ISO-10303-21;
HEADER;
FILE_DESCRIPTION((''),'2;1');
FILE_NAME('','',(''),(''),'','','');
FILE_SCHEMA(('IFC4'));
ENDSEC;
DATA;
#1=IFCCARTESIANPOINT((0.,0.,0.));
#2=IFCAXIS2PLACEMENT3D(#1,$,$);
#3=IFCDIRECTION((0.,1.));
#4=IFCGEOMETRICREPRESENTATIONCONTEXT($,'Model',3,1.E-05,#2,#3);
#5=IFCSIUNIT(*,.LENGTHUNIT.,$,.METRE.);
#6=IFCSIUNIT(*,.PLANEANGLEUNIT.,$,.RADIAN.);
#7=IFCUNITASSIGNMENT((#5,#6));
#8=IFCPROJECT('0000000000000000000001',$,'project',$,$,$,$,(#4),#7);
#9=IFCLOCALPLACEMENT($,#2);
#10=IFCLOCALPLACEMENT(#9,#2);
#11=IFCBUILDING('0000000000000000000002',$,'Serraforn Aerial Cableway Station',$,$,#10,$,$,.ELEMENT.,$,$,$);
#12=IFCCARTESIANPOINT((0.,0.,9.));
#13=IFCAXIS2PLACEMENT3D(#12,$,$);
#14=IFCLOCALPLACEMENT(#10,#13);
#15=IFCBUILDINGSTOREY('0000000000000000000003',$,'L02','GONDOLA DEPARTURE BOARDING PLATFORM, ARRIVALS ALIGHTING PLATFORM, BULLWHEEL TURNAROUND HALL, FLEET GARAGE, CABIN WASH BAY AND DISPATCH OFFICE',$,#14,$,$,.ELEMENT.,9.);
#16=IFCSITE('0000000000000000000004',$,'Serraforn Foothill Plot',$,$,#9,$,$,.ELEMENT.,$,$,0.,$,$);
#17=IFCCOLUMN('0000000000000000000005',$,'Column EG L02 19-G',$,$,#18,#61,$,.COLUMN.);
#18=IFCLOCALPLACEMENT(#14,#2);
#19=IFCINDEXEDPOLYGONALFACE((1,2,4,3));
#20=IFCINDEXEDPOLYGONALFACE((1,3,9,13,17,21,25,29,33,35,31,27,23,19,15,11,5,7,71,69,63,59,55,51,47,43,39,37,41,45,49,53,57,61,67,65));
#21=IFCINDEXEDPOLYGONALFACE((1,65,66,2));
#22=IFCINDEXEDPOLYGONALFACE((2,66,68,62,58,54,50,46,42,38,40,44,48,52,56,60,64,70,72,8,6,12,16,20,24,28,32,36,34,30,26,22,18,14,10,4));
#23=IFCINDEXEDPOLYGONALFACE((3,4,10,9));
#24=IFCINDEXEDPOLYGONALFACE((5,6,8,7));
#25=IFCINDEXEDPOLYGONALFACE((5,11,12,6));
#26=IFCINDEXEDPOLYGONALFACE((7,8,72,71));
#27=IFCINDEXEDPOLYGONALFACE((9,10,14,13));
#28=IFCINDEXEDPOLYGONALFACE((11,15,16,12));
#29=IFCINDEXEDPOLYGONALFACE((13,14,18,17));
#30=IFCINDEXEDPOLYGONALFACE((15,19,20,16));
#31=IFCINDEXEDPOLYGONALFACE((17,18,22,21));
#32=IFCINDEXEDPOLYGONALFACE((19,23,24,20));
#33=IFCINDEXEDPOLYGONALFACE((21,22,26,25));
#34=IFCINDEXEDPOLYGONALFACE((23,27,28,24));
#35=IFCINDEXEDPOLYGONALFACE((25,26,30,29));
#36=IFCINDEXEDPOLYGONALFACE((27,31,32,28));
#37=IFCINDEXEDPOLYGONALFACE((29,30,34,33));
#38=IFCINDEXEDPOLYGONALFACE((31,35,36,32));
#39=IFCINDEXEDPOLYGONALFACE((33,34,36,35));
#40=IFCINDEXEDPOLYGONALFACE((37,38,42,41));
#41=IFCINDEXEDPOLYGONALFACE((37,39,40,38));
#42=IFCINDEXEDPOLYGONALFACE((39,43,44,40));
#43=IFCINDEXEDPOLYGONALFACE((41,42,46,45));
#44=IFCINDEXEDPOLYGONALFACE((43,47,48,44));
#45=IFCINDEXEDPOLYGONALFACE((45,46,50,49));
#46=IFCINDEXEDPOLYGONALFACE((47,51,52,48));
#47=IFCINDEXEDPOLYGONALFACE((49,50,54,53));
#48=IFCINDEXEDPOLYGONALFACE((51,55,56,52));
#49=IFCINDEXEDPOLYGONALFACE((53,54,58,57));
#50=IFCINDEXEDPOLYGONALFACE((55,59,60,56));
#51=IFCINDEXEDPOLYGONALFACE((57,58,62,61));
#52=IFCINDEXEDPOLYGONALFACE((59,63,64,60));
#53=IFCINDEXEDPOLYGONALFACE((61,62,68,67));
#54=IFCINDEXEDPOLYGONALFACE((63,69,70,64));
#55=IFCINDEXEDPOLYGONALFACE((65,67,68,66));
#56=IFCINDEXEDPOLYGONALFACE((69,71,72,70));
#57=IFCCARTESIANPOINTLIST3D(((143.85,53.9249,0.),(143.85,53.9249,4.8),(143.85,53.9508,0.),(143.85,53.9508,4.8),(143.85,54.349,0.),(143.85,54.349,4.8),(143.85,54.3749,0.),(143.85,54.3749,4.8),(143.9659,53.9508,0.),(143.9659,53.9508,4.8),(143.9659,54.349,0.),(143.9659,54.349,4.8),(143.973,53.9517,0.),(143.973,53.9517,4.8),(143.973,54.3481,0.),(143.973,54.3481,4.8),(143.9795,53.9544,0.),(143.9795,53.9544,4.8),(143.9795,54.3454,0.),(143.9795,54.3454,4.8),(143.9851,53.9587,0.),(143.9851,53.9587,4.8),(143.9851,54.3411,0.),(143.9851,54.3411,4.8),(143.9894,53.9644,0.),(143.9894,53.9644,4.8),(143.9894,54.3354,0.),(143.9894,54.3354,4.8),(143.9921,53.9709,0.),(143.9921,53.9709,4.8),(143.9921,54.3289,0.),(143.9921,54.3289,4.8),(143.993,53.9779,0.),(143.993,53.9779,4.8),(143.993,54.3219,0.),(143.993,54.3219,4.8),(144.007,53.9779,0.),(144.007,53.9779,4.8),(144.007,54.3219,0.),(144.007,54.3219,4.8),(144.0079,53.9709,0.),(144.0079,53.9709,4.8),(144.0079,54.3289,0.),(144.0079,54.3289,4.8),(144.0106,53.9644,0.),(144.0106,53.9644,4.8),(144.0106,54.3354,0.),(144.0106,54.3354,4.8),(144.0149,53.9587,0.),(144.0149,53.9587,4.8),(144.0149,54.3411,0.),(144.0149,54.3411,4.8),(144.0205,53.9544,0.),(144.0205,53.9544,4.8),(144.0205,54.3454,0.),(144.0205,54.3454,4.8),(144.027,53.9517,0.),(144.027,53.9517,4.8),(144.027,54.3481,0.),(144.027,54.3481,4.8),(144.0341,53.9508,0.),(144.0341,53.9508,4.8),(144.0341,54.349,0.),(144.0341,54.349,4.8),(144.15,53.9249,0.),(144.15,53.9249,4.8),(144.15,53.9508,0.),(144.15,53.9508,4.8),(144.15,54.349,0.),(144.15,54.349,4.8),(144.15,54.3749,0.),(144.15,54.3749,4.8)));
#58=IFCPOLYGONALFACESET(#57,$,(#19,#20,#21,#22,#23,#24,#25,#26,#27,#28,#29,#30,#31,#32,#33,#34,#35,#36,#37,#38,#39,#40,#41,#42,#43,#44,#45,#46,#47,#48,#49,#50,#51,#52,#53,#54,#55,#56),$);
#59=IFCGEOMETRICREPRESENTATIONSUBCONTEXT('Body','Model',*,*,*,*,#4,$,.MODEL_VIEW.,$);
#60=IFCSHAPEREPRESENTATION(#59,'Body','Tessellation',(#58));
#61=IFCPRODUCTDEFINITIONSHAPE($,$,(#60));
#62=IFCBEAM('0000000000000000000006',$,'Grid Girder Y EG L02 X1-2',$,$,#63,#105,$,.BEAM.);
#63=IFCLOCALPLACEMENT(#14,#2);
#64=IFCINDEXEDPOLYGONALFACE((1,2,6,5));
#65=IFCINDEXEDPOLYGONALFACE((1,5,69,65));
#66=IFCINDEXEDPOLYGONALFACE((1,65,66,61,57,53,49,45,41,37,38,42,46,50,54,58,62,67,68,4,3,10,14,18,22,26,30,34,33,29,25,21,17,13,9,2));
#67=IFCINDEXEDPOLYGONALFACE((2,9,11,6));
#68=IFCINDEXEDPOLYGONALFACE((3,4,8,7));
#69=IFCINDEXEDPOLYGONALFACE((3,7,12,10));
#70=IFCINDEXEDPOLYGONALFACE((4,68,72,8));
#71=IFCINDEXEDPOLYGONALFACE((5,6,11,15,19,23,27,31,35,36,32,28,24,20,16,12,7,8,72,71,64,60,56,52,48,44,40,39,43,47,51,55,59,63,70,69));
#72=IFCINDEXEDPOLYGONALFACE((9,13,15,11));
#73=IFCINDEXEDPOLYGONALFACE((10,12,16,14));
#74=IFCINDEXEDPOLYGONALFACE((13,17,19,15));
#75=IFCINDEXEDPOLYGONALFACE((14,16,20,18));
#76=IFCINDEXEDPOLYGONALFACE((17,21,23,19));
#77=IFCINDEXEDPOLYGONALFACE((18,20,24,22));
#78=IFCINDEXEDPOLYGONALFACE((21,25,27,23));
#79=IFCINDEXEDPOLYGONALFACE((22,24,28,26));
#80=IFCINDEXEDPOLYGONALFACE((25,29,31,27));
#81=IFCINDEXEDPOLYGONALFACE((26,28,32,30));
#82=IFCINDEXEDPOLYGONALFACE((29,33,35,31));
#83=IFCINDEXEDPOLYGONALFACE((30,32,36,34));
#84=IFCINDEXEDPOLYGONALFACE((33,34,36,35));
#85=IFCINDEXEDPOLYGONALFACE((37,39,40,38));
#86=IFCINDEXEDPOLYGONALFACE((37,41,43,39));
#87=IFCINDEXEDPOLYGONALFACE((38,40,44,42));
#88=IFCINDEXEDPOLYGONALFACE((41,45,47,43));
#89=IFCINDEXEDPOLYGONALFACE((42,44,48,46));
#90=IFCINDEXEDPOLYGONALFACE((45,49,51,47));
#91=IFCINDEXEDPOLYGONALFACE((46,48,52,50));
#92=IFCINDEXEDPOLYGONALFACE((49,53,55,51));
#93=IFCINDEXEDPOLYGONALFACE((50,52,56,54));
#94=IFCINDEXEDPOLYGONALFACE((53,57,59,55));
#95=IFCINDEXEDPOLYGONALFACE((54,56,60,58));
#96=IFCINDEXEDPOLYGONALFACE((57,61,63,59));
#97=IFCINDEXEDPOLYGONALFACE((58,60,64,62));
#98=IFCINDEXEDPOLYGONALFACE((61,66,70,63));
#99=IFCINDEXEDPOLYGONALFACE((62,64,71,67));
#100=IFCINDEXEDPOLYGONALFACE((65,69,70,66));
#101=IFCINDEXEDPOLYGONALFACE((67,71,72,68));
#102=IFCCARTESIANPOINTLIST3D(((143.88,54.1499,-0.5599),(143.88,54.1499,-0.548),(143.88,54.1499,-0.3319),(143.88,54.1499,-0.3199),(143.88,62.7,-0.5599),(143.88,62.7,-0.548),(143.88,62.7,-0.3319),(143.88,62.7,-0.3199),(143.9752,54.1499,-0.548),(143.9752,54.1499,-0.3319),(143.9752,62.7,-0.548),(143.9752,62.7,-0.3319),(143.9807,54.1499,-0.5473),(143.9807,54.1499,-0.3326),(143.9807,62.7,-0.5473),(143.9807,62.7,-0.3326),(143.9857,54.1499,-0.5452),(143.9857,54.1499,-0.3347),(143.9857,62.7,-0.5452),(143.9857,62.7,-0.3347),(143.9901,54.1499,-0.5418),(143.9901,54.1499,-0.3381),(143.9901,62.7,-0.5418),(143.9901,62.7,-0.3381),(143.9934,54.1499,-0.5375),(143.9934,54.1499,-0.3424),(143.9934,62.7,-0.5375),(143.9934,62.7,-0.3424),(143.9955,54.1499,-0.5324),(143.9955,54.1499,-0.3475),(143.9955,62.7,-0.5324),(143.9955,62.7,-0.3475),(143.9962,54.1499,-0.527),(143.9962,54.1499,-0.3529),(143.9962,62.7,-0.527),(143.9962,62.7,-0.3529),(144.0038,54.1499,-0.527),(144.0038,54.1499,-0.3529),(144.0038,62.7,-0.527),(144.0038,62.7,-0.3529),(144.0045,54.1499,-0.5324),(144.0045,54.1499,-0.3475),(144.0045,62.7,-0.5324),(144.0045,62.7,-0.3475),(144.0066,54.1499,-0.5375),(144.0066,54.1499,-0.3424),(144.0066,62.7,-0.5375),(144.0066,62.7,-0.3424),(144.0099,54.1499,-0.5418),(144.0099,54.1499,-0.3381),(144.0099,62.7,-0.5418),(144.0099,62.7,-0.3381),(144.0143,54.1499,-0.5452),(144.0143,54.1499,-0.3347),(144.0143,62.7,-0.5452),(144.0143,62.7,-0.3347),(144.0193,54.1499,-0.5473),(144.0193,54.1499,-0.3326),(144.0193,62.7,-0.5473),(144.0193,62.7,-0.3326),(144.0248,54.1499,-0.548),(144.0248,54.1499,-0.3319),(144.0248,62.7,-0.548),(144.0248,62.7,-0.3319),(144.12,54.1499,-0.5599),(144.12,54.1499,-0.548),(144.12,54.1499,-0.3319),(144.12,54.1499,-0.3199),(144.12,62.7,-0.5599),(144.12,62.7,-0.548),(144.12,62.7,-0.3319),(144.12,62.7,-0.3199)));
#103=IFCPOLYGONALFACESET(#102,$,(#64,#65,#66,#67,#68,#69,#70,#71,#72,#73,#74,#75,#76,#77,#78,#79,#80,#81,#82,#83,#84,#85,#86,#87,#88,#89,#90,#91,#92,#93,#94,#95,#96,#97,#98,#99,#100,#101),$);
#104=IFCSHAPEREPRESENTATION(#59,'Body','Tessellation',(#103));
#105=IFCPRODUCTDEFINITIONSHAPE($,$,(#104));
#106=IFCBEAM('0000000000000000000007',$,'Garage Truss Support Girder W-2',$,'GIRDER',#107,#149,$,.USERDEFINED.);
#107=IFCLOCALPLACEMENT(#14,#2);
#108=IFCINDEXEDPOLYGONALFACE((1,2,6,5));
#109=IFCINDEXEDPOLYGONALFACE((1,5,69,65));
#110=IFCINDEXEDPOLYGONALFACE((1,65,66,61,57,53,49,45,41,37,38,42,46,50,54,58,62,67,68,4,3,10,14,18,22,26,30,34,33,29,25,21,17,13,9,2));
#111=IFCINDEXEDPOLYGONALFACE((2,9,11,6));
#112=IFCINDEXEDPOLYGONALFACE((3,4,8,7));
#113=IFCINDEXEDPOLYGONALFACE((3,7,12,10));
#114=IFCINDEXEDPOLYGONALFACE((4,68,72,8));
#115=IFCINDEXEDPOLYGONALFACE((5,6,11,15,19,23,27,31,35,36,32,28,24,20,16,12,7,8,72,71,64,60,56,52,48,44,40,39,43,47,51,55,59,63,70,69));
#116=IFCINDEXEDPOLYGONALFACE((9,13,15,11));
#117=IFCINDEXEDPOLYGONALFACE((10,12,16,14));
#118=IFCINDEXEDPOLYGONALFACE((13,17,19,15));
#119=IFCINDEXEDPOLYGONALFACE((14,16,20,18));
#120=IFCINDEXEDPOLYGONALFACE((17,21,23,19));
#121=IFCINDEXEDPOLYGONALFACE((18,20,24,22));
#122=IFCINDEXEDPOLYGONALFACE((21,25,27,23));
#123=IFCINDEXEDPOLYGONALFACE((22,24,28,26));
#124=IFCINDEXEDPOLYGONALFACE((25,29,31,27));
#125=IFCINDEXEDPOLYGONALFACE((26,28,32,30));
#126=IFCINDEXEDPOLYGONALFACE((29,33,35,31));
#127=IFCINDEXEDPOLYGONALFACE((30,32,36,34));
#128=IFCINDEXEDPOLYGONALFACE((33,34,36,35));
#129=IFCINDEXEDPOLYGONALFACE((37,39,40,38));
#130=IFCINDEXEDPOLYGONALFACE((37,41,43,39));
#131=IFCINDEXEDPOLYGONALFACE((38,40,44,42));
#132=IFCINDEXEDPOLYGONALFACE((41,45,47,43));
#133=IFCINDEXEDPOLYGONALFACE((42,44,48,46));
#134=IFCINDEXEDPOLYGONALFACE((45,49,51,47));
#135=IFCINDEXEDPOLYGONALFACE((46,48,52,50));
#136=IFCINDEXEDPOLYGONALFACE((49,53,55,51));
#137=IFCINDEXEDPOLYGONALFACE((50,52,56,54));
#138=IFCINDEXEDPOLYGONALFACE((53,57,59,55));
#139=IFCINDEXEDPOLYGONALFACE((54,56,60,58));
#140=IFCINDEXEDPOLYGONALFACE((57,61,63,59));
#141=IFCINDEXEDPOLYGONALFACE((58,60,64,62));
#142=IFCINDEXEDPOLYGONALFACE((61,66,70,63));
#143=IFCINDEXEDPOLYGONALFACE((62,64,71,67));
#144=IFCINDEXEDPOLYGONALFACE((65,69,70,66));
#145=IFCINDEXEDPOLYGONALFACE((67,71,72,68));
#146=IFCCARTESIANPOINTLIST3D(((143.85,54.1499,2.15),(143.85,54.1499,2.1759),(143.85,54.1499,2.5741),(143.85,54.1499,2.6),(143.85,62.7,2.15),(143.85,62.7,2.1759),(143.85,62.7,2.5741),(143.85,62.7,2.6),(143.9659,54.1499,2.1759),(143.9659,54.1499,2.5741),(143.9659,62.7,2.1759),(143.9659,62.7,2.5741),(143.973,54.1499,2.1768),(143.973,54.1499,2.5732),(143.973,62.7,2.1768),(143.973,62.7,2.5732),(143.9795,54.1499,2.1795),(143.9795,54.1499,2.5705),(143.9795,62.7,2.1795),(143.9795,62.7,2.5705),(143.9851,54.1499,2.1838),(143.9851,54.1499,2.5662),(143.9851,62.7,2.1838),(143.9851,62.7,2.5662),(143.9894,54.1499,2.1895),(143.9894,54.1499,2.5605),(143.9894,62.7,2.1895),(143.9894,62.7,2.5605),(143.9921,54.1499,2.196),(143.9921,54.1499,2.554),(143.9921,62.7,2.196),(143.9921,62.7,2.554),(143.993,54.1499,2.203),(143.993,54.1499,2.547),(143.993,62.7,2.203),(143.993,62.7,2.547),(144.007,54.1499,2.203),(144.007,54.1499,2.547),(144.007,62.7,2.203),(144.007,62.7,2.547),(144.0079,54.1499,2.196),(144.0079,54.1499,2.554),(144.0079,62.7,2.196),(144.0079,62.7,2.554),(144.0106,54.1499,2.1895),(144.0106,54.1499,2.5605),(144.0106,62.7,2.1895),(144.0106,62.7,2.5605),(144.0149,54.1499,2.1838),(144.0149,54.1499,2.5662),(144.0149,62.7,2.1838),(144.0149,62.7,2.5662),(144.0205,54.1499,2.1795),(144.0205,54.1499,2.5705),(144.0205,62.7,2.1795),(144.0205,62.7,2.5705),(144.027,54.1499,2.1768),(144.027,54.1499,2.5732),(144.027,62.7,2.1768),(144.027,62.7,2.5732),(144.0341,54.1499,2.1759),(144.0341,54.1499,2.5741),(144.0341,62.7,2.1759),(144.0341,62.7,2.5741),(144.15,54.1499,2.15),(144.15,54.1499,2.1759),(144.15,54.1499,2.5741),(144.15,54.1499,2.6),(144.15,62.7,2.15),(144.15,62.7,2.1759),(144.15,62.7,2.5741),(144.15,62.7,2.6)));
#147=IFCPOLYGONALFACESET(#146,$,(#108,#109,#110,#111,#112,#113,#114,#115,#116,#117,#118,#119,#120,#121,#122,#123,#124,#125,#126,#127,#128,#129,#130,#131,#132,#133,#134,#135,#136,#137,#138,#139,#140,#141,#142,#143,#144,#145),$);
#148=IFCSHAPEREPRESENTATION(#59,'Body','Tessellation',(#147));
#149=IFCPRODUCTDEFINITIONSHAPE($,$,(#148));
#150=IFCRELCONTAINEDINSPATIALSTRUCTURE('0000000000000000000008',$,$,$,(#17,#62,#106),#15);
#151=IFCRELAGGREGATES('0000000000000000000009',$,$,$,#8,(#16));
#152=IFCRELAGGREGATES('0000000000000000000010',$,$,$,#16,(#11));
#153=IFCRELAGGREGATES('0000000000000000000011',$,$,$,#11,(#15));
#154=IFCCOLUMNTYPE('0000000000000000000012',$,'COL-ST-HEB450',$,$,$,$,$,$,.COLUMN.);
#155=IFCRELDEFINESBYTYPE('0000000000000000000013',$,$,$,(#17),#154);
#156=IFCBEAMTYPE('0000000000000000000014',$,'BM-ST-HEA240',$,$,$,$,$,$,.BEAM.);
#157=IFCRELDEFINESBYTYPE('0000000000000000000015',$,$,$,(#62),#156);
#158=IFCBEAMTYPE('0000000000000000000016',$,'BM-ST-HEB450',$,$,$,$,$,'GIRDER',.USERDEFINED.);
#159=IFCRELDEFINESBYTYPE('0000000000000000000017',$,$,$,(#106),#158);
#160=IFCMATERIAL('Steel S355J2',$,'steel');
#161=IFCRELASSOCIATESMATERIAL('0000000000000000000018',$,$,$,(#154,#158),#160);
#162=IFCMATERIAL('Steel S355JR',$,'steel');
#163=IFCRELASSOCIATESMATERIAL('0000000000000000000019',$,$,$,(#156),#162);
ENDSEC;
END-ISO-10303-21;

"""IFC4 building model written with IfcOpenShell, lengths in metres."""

from ifc_helpers import new_model, si_unit, direction, frame, origin, origin_2d, place, context, subcontext, project, spatial, i_section, extrude, material, material_profile, profile_set, type_object, element, save


model = new_model("IFC4")

# Units and contexts
model_context = context("Model", 3, precision=1e-05, world=origin(), true_north=direction((0.0, 1.0)))
body_context = subcontext(model_context, "Body", "Model", "MODEL_VIEW")
ifc_project = project(units=[si_unit("LENGTHUNIT", "METRE"), si_unit("PLANEANGLEUNIT", "RADIAN")], contexts=[model_context])

# Site, building, storey
site_placement = place(None, origin())
site = spatial("IfcSite", under=ifc_project, at=site_placement, Name="Serraforn Foothill Plot", CompositionType="ELEMENT", RefElevation=0.0)
building_placement = place(site_placement, origin())
building = spatial("IfcBuilding", under=site, at=building_placement, Name="Serraforn Aerial Cableway Station", CompositionType="ELEMENT")
storey_placement = place(building_placement, frame((0.0, 0.0, 9.0)))
storey = spatial("IfcBuildingStorey", under=building, at=storey_placement, Name="L02", Description="GONDOLA DEPARTURE BOARDING PLATFORM, ARRIVALS ALIGHTING PLATFORM, BULLWHEEL TURNAROUND HALL, FLEET GARAGE, CABIN WASH BAY AND DISPATCH OFFICE", CompositionType="ELEMENT", Elevation=9.0)

# Column
ifc_material_1 = material(Name="Steel S355J2", Category="steel")
ifc_material_profile_1 = material_profile(ifc_material_1, i_section(OverallWidth=0.3, OverallDepth=0.45, WebThickness=0.0139, FlangeThickness=0.0259, FilletRadius=0.0271, at=origin_2d()), Name="HEB 450")
ifc_profile_set_1 = profile_set([ifc_material_profile_1], Name="Steel S355J2")
column_type = type_object("IfcColumnType", Name="COL-ST-HEB450", PredefinedType="COLUMN", material=ifc_profile_set_1)
column_placement = place(storey_placement, frame((144.0, 54.1499, 0.0), z_axis=(0.0, 0.0, 1.0), x_axis=(1.0, 0.0, 0.0)))
element("IfcColumn", 1, at=column_placement, inside=storey, type_object=column_type, Name="Column EG L02 19-G", PredefinedType="COLUMN", context=body_context, shape_type="SweptSolid", body=[
    extrude(i_section(OverallWidth=0.3, OverallDepth=0.45, WebThickness=0.0139, FlangeThickness=0.0259, FilletRadius=0.0271, at=origin_2d()), origin(), (0.0, 0.0, 1.0), 4.8),
])

# Beams
ifc_material_2 = material(Name="Steel S355JR", Category="steel")
ifc_material_profile_2 = material_profile(ifc_material_2, i_section(OverallWidth=0.24, OverallDepth=0.24, WebThickness=0.0076, FlangeThickness=0.012, FilletRadius=0.021, at=origin_2d()), Name="HEA 240")
ifc_profile_set_2 = profile_set([ifc_material_profile_2], Name="Steel S355JR")
beam_type_1 = type_object("IfcBeamType", Name="BM-ST-HEA240", PredefinedType="BEAM", material=ifc_profile_set_2)
beam_1_placement = place(storey_placement, frame((144.0, 54.1499, -0.4399), z_axis=(0.0, 1.0, 0.0), x_axis=(-1.0, 0.0, 0.0)))
element("IfcBeam", 2, at=beam_1_placement, inside=storey, type_object=beam_type_1, Name="Grid Girder Y EG L02 X1-2", PredefinedType="BEAM", context=body_context, shape_type="SweptSolid", body=[
    extrude(i_section(OverallWidth=0.24, OverallDepth=0.24, WebThickness=0.0076, FlangeThickness=0.012, FilletRadius=0.021, at=origin_2d()), origin(), (0.0, 0.0, 1.0), 8.55),
])
ifc_material_profile_3 = material_profile(ifc_material_1, i_section(OverallWidth=0.3, OverallDepth=0.45, WebThickness=0.0139, FlangeThickness=0.0259, FilletRadius=0.0271, at=origin_2d()), Name="HEB 450")
ifc_profile_set_3 = profile_set([ifc_material_profile_3], Name="Steel S355J2")
beam_type_2 = type_object("IfcBeamType", Name="BM-ST-HEB450", ElementType="GIRDER", PredefinedType="USERDEFINED", material=ifc_profile_set_3)
beam_2_placement = place(storey_placement, frame((144.0, 54.1499, 2.375), z_axis=(0.0, 1.0, 0.0), x_axis=(-1.0, 0.0, 0.0)))
element("IfcBeam", 3, at=beam_2_placement, inside=storey, type_object=beam_type_2, Name="Garage Truss Support Girder W-2", ObjectType="GIRDER", PredefinedType="USERDEFINED", context=body_context, shape_type="SweptSolid", body=[
    extrude(i_section(OverallWidth=0.3, OverallDepth=0.45, WebThickness=0.0139, FlangeThickness=0.0259, FilletRadius=0.0271, at=origin_2d()), origin(), (0.0, 0.0, 1.0), 8.55),
])

save(model, "model.ifc")
